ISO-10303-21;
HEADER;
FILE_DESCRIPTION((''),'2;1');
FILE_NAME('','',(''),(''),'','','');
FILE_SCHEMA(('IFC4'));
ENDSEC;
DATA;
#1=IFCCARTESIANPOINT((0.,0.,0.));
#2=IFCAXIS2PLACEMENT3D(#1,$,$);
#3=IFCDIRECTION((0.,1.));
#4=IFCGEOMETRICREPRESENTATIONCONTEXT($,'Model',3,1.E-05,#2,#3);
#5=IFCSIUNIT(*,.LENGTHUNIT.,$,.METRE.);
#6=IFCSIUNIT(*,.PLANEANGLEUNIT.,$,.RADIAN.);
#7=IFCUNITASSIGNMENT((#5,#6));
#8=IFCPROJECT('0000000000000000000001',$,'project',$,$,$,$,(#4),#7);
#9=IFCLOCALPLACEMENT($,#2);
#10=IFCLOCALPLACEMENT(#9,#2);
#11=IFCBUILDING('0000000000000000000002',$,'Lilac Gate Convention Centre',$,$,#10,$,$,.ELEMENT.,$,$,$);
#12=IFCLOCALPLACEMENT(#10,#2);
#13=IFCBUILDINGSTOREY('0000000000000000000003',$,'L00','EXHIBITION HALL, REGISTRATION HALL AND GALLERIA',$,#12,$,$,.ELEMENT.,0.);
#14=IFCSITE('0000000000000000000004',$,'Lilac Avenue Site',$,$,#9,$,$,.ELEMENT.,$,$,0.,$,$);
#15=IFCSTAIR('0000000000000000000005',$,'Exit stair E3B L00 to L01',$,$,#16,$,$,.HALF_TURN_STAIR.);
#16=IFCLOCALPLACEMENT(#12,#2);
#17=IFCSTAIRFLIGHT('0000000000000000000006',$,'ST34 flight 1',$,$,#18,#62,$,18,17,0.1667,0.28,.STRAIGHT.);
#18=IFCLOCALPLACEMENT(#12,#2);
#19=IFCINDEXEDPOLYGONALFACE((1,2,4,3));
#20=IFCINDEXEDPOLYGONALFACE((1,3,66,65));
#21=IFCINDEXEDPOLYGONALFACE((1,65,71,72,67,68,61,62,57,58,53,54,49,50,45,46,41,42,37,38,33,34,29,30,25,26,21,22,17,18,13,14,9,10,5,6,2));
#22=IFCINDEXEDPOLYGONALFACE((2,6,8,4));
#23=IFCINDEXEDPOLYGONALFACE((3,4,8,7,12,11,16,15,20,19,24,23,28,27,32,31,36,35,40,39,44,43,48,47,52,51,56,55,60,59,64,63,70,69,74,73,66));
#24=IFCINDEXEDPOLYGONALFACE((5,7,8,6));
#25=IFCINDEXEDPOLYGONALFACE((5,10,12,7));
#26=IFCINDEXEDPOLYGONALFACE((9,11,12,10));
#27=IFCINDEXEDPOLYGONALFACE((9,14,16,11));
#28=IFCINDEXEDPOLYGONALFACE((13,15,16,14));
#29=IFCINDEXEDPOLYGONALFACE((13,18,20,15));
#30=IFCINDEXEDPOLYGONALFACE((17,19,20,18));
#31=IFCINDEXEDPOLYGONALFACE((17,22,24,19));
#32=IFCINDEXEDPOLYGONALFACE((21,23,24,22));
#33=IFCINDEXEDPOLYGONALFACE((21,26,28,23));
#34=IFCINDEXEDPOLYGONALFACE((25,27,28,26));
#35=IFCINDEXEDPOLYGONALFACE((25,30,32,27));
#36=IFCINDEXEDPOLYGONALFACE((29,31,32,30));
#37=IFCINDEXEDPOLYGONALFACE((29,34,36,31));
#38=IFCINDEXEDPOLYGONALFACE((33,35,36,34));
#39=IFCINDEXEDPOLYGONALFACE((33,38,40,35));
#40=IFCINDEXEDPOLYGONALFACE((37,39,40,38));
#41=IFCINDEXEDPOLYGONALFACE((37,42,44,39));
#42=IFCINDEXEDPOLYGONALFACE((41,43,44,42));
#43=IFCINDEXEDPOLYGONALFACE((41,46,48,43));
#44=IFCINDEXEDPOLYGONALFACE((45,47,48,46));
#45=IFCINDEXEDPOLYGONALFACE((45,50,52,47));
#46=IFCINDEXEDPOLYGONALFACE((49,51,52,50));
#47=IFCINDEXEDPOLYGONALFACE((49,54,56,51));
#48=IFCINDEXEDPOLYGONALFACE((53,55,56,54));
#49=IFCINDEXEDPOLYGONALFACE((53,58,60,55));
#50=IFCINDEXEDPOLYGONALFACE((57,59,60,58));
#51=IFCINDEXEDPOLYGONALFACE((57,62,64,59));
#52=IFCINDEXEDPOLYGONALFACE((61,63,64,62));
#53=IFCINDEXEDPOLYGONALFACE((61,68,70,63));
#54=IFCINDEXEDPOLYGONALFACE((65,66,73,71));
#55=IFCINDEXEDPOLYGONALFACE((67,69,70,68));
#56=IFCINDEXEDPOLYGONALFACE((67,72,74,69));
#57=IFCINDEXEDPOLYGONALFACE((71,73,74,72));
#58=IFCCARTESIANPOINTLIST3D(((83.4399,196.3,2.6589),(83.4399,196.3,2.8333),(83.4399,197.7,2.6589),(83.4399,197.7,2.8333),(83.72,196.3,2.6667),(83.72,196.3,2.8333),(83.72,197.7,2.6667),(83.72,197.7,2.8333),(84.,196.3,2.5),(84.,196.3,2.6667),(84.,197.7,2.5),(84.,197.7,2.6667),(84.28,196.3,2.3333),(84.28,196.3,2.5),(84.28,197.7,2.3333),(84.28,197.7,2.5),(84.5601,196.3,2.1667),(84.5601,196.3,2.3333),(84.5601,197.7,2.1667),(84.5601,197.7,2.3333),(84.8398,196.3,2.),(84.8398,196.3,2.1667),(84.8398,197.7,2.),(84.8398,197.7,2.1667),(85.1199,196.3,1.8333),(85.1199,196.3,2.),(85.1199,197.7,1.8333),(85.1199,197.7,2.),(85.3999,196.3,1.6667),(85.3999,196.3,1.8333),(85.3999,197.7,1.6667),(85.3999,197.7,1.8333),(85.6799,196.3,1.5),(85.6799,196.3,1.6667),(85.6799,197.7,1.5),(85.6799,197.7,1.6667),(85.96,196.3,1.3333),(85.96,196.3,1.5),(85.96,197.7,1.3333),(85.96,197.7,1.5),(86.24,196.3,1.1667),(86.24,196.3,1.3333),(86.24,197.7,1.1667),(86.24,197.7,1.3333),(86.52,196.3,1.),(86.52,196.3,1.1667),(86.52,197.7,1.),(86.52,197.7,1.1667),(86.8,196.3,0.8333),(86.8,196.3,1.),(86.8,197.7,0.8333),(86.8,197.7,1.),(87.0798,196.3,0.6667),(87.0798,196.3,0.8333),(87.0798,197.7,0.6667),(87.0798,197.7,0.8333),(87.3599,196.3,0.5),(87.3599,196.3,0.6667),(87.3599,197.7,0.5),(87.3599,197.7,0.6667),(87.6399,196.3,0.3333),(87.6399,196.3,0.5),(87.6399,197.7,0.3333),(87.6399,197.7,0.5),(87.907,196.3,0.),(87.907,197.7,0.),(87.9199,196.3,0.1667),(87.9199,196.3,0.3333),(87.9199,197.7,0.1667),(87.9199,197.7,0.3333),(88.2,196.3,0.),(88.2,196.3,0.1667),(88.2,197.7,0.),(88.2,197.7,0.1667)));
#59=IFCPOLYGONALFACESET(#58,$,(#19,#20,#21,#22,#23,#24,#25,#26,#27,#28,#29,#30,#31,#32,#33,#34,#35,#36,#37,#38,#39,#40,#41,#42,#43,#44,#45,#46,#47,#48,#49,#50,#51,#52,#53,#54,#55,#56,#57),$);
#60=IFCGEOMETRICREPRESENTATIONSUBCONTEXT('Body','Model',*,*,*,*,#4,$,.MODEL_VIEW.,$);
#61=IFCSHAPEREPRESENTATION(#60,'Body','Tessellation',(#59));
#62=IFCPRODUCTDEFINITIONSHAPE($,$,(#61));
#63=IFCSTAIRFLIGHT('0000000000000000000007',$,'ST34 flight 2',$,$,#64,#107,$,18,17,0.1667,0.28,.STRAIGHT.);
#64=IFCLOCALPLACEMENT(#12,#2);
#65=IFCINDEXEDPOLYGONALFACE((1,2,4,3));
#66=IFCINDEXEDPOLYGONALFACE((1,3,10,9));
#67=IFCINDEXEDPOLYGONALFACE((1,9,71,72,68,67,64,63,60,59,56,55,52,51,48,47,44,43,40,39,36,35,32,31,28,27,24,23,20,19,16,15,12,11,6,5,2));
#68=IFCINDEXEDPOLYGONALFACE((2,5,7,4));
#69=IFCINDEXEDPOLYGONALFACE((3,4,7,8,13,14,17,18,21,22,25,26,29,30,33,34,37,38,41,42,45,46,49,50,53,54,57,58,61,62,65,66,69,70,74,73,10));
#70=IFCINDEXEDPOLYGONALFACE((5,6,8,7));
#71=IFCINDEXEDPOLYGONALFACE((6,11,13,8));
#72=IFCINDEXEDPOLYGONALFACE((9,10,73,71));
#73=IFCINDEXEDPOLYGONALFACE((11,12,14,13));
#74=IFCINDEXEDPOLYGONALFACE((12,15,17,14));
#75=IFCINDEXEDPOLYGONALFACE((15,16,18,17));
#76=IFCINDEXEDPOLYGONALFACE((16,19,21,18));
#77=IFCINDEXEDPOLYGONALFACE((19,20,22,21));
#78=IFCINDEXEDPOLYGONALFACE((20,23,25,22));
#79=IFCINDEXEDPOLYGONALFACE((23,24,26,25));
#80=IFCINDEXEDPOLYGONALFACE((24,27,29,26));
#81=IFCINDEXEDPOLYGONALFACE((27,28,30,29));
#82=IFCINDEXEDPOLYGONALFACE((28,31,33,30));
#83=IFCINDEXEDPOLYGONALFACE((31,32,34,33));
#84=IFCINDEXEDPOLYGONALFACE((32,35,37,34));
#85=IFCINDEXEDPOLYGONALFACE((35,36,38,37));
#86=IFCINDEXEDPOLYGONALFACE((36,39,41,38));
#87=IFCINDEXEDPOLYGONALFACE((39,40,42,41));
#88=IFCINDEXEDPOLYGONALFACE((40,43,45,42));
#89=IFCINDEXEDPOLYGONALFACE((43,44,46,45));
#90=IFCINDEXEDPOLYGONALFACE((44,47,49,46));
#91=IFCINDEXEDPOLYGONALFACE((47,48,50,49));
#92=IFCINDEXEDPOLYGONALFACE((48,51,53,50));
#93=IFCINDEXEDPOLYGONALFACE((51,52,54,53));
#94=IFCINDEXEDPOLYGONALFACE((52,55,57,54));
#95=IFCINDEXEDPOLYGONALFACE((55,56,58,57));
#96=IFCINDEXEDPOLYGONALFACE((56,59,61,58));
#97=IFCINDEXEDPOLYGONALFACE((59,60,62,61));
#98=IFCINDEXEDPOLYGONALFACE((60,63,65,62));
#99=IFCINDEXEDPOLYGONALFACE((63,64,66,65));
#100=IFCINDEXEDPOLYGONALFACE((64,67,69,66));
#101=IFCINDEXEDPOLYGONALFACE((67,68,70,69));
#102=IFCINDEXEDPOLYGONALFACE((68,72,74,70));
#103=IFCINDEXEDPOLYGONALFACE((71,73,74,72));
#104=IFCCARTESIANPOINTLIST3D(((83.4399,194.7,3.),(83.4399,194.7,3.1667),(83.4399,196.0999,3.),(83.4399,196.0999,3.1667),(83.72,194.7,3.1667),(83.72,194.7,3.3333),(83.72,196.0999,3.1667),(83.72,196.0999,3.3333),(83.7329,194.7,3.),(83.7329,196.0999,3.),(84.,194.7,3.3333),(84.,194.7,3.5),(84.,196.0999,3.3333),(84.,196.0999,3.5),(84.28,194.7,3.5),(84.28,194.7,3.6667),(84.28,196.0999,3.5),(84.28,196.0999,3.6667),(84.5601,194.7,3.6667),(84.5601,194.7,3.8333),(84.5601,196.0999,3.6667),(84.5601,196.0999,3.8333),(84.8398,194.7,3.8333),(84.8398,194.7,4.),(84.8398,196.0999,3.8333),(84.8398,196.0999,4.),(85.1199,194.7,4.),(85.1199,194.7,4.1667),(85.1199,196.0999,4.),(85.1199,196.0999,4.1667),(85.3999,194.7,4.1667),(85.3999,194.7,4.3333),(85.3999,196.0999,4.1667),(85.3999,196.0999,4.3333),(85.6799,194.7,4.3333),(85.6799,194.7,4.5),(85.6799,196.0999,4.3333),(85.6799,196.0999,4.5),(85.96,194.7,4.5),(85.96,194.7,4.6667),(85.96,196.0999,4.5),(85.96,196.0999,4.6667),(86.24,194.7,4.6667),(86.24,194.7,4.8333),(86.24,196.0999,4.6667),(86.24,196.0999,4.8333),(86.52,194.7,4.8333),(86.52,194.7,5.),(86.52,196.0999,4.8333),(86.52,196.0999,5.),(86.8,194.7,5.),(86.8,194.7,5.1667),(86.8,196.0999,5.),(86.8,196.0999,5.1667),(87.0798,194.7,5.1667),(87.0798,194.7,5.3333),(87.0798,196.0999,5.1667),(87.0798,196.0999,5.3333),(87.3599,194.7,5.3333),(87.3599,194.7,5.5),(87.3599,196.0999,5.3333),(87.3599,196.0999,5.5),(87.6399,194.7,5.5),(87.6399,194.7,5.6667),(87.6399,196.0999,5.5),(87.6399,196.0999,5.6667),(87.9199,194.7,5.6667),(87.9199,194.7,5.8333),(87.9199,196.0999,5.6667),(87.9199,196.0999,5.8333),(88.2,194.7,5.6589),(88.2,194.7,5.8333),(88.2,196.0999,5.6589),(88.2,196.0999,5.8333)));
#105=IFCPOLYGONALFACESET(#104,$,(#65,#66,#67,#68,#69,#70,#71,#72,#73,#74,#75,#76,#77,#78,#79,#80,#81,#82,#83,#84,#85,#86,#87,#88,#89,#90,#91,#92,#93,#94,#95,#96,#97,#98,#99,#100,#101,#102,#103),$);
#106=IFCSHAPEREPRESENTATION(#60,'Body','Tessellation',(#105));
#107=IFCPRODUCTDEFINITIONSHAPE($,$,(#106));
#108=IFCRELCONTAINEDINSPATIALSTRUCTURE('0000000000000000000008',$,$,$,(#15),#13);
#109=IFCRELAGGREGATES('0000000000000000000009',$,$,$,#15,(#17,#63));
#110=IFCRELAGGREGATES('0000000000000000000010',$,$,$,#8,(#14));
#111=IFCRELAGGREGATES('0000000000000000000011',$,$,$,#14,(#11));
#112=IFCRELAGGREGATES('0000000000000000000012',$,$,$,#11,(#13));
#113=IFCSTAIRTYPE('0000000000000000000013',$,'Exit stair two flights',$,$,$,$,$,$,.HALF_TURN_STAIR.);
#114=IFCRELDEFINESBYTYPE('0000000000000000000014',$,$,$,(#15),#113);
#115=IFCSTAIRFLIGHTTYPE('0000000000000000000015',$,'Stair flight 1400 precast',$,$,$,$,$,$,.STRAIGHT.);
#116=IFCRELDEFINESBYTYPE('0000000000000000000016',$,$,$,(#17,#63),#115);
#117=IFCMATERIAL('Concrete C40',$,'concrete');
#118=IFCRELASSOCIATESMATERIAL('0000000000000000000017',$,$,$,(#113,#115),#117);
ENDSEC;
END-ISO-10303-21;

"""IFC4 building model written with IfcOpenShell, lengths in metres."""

from ifc_helpers import new_model, si_unit, direction, frame, origin, place, context, subcontext, project, spatial, polyline, outline, extrude, material, type_object, element, aggregate, save


model = new_model("IFC4")

# Units and contexts
model_context = context("Model", 3, precision=1e-05, world=origin(), true_north=direction((0.0, 1.0)))
body_context = subcontext(model_context, "Body", "Model", "MODEL_VIEW")
ifc_project = project(units=[si_unit("LENGTHUNIT", "METRE"), si_unit("PLANEANGLEUNIT", "RADIAN")], contexts=[model_context])

# Site, building, storey
site_placement = place(None, origin())
site = spatial("IfcSite", under=ifc_project, at=site_placement, Name="Lilac Avenue Site", CompositionType="ELEMENT", RefElevation=0.0)
building_placement = place(site_placement, origin())
building = spatial("IfcBuilding", under=site, at=building_placement, Name="Lilac Gate Convention Centre", CompositionType="ELEMENT")
storey_placement = place(building_placement, origin())
storey = spatial("IfcBuildingStorey", under=building, at=storey_placement, Name="L00", Description="EXHIBITION HALL, REGISTRATION HALL AND GALLERIA", CompositionType="ELEMENT", Elevation=0.0)

# Shared definitions
ifc_material_1 = material(Name="Concrete C40", Category="concrete")

# Stair, stair flights
stair_type = type_object("IfcStairType", Name="Exit stair two flights", PredefinedType="HALF_TURN_STAIR", material=ifc_material_1)
stair_placement = place(storey_placement, origin())
stair = element("IfcStair", 1, at=stair_placement, inside=storey, type_object=stair_type, Name="Exit stair E3B L00 to L01", PredefinedType="HALF_TURN_STAIR")
stair_flight_type = type_object("IfcStairFlightType", Name="Stair flight 1400 precast", PredefinedType="STRAIGHT", material=ifc_material_1)
stair_flight_1_placement = place(storey_placement, frame((88.2, 197.0, 0.0), z_axis=(0.0, 0.0, 1.0), x_axis=(-1.0, 0.0, 0.0)))
stair_flight_1 = element("IfcStairFlight", 2, at=stair_flight_1_placement, type_object=stair_flight_type, Name="ST34 flight 1", NumberOfRisers=18, NumberOfTreads=17, PredefinedType="STRAIGHT", RiserHeight=0.1667, TreadLength=0.28, context=body_context, shape_type="SweptSolid", body=[
    extrude(outline(polyline([(0.0, 0.0), (0.0, 0.1667), (0.28, 0.1667), (0.28, 0.3333), (0.5601, 0.3333), (0.5601, 0.5), (0.8401, 0.5), (0.8401, 0.6667), (1.1201, 0.6667), (1.1201, 0.8333), (1.3999, 0.8333), (1.3999, 1.0), (1.6799, 1.0), (1.6799, 1.1667), (1.96, 1.1667), (1.96, 1.3333), (2.24, 1.3333), (2.24, 1.5), (2.52, 1.5), (2.52, 1.6667), (2.8, 1.6667), (2.8, 1.8333), (3.0801, 1.8333), (3.0801, 2.0), (3.3601, 2.0), (3.3601, 2.1667), (3.6399, 2.1667), (3.6399, 2.3333), (3.9199, 2.3333), (3.9199, 2.5), (4.2, 2.5), (4.2, 2.6667), (4.48, 2.6667), (4.48, 2.8333), (4.76, 2.8333), (4.76, 3.0), (4.76, 2.6589), (0.293, 0.0), (0.0, 0.0)])), frame((0.0, 0.7, 0.0), z_axis=(0.0, -1.0, 0.0), x_axis=(1.0, 0.0, 0.0)), (0.0, 0.0, 1.0), 1.3999),
])
stair_flight_2_placement = place(storey_placement, frame((83.4399, 195.3999, 3.0), z_axis=(0.0, 0.0, 1.0), x_axis=(1.0, 0.0, 0.0)))
stair_flight_2 = element("IfcStairFlight", 3, at=stair_flight_2_placement, type_object=stair_flight_type, Name="ST34 flight 2", NumberOfRisers=18, NumberOfTreads=17, PredefinedType="STRAIGHT", RiserHeight=0.1667, TreadLength=0.28, context=body_context, shape_type="SweptSolid", body=[
    extrude(outline(polyline([(0.0, 0.0), (0.0, 0.1667), (0.28, 0.1667), (0.28, 0.3333), (0.5601, 0.3333), (0.5601, 0.5), (0.8401, 0.5), (0.8401, 0.6667), (1.1201, 0.6667), (1.1201, 0.8333), (1.3999, 0.8333), (1.3999, 1.0), (1.6799, 1.0), (1.6799, 1.1667), (1.96, 1.1667), (1.96, 1.3333), (2.24, 1.3333), (2.24, 1.5), (2.52, 1.5), (2.52, 1.6667), (2.8, 1.6667), (2.8, 1.8333), (3.0801, 1.8333), (3.0801, 2.0), (3.3601, 2.0), (3.3601, 2.1667), (3.6399, 2.1667), (3.6399, 2.3333), (3.9199, 2.3333), (3.9199, 2.5), (4.2, 2.5), (4.2, 2.6667), (4.48, 2.6667), (4.48, 2.8333), (4.76, 2.8333), (4.76, 3.0), (4.76, 2.6589), (0.293, 0.0), (0.0, 0.0)])), frame((0.0, 0.7, 0.0), z_axis=(0.0, -1.0, 0.0), x_axis=(1.0, 0.0, 0.0)), (0.0, 0.0, 1.0), 1.3999),
])
aggregate(stair, [stair_flight_1, stair_flight_2])

save(model, "model.ifc")
